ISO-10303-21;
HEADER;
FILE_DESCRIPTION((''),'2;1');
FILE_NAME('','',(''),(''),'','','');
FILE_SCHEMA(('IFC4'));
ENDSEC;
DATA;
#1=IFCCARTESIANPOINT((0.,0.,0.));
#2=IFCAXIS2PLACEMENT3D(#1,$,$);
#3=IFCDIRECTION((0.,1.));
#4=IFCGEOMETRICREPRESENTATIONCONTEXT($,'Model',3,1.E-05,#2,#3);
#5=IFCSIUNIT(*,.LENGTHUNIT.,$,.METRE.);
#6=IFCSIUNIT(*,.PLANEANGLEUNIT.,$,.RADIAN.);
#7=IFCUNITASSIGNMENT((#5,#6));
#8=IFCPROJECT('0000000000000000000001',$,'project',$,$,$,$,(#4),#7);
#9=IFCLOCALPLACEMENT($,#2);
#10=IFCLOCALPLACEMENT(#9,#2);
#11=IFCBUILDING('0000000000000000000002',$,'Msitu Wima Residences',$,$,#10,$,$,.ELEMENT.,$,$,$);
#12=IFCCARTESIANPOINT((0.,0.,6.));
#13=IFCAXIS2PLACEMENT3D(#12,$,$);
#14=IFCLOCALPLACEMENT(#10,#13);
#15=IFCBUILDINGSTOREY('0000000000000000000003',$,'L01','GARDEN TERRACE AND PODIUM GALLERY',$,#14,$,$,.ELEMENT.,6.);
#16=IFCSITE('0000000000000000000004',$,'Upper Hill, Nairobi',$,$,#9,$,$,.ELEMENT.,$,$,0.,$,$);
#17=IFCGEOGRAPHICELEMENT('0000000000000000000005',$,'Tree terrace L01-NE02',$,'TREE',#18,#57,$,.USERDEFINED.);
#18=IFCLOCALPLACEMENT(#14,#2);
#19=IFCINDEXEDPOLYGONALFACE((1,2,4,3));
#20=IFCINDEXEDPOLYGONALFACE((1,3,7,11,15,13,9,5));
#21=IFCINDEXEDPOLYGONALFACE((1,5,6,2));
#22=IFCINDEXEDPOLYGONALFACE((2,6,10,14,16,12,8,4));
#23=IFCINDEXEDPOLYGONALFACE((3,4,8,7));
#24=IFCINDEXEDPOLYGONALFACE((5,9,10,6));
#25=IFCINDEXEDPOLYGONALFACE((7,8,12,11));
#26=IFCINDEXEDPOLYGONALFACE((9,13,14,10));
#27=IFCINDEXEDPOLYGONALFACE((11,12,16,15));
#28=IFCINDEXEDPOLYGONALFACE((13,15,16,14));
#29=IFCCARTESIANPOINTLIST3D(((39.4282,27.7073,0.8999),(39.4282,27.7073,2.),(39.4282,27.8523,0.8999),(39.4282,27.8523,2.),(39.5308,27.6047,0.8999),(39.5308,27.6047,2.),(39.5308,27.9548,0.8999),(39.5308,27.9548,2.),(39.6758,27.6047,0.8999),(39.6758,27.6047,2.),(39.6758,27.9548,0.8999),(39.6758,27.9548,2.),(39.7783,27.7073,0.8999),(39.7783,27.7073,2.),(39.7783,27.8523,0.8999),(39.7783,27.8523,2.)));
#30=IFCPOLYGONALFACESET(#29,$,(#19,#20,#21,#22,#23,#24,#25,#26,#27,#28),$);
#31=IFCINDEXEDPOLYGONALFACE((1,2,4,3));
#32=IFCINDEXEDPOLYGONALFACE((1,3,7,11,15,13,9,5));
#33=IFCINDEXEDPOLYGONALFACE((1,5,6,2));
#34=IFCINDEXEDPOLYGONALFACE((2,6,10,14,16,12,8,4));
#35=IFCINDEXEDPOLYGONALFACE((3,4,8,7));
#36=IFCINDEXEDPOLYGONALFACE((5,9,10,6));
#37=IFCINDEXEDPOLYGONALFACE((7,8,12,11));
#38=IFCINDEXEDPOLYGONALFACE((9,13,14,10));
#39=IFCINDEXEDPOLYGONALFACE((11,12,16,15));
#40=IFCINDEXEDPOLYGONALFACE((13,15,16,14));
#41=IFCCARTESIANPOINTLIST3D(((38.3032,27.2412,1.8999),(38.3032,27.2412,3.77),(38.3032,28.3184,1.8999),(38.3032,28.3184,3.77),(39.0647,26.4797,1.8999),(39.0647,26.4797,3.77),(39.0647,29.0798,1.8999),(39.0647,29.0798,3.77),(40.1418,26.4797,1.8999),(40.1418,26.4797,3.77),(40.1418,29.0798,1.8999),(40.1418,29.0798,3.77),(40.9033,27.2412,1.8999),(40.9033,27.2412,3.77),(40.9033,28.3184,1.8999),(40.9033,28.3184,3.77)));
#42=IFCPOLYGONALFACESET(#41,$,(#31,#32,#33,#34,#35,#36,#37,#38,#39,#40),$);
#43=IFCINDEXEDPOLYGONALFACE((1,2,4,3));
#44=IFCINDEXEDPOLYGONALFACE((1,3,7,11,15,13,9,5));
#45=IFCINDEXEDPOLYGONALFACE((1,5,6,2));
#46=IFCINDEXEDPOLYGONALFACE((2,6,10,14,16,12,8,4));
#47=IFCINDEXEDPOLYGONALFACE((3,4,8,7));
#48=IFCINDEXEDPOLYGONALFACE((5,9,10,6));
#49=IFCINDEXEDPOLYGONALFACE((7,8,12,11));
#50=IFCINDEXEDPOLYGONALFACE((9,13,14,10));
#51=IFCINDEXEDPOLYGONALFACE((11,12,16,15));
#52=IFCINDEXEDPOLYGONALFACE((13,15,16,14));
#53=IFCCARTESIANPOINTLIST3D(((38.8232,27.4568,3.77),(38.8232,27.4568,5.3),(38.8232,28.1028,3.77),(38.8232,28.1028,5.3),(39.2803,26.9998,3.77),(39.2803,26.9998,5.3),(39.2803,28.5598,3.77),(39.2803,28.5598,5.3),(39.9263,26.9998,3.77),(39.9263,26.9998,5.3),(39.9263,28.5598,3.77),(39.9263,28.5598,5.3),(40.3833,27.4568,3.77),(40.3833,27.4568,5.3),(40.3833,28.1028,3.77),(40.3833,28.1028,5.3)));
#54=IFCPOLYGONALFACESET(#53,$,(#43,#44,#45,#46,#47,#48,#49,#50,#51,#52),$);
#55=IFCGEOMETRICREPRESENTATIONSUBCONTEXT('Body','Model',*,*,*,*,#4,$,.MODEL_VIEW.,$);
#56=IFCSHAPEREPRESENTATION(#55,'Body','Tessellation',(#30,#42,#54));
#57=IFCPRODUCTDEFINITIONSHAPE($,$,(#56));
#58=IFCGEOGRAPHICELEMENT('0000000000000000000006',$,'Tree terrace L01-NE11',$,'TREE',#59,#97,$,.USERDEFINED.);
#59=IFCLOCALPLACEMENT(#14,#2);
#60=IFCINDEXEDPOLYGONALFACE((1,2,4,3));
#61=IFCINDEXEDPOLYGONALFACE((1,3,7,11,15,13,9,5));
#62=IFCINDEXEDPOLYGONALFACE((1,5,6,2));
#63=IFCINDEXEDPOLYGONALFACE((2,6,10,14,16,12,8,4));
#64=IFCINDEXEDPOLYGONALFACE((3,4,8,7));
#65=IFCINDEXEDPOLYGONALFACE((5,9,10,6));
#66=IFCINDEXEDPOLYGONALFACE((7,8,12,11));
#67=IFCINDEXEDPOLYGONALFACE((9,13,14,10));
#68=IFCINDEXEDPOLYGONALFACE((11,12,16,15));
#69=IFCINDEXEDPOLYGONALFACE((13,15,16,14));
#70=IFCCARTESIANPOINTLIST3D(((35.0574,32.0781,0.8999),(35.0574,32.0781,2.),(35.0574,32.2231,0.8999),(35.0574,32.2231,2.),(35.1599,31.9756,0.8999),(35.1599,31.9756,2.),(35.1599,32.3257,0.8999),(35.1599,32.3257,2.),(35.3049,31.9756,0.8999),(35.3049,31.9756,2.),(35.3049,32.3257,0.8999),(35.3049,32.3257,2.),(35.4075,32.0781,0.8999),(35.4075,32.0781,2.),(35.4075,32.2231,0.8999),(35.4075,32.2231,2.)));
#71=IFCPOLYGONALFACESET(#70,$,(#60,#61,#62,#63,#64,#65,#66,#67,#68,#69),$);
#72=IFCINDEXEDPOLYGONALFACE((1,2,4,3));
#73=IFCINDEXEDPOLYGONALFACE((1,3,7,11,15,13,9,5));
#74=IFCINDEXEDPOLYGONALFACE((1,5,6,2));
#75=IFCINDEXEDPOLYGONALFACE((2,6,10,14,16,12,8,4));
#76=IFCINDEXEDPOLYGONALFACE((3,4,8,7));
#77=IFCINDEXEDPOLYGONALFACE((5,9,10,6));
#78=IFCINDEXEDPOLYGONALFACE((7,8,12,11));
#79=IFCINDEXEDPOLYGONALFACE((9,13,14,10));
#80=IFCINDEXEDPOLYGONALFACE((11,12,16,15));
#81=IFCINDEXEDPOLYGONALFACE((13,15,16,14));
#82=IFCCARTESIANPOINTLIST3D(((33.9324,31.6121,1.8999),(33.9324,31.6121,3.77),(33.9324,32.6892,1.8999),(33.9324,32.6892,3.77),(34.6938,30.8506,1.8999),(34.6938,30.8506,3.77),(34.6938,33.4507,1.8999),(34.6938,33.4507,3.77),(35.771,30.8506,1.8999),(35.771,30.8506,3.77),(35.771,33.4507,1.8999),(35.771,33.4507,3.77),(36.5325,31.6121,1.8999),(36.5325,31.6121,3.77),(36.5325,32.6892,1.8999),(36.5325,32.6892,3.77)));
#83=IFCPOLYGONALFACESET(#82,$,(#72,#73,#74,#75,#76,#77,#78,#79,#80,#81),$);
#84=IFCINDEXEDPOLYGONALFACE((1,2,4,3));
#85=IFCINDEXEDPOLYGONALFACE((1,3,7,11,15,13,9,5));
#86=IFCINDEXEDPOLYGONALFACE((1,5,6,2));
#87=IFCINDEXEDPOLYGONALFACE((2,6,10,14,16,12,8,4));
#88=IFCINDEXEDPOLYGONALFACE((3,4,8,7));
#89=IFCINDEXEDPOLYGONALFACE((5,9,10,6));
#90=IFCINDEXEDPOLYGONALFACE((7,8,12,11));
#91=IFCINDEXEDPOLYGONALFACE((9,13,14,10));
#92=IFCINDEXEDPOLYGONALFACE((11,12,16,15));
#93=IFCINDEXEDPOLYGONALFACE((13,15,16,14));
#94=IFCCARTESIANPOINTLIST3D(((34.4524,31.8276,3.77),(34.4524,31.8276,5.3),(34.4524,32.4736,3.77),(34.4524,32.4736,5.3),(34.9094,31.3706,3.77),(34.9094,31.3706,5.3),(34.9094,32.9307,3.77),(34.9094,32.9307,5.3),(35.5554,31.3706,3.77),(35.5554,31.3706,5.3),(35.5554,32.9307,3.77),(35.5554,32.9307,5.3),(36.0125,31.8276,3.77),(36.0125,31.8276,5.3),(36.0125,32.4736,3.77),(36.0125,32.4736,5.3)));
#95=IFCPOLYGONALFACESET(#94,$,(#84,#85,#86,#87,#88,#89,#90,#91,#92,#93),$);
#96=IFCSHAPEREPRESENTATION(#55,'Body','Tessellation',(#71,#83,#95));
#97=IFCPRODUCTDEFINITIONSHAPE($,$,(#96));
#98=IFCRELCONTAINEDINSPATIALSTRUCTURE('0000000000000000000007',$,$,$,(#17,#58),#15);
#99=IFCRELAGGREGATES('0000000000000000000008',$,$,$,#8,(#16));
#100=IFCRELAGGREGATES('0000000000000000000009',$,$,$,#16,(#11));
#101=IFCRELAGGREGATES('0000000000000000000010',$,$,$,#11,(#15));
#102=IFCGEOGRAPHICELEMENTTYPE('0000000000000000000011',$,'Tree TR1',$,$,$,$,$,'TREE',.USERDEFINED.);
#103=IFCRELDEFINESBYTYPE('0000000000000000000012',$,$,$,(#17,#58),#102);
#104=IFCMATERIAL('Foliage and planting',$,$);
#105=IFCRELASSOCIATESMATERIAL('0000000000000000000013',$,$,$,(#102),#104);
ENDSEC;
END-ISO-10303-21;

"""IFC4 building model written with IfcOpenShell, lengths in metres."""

from ifc_helpers import new_model, si_unit, direction, frame, origin, place, context, subcontext, project, spatial, polyline, outline, extrude, material, type_object, element, save


model = new_model("IFC4")

# Units and contexts
model_context = context("Model", 3, precision=1e-05, world=origin(), true_north=direction((0.0, 1.0)))
body_context = subcontext(model_context, "Body", "Model", "MODEL_VIEW")
ifc_project = project(units=[si_unit("LENGTHUNIT", "METRE"), si_unit("PLANEANGLEUNIT", "RADIAN")], contexts=[model_context])

# Site, building, storey
site_placement = place(None, origin())
site = spatial("IfcSite", under=ifc_project, at=site_placement, Name="Upper Hill, Nairobi", CompositionType="ELEMENT", RefElevation=0.0)
building_placement = place(site_placement, origin())
building = spatial("IfcBuilding", under=site, at=building_placement, Name="Msitu Wima Residences", CompositionType="ELEMENT")
storey_placement = place(building_placement, frame((0.0, 0.0, 6.0)))
storey = spatial("IfcBuildingStorey", under=building, at=storey_placement, Name="L01", Description="GARDEN TERRACE AND PODIUM GALLERY", CompositionType="ELEMENT", Elevation=6.0)

# Geographic elements
ifc_material_1 = material(Name="Foliage and planting")
geographic_element_type = type_object("IfcGeographicElementType", Name="Tree TR1", ElementType="TREE", PredefinedType="USERDEFINED", material=ifc_material_1)
for number, where, z_axis, x_axis, name in (
    (1, (39.6033, 27.7798, 0.8999), (0.0, 0.0, 1.0), (1.0, 0.0, 0.0), "Tree terrace L01-NE02"),
    (2, (35.2324, 32.1506, 0.8999), (0.0, 0.0, 1.0), (1.0, 0.0, 0.0), "Tree terrace L01-NE11"),
):
    element("IfcGeographicElement", number, at=place(storey_placement, frame(where, z_axis=z_axis, x_axis=x_axis)), inside=storey, type_object=geographic_element_type, Name=name, ObjectType="TREE", PredefinedType="USERDEFINED", context=body_context, shape_type="SweptSolid", body=[
        extrude(outline(polyline([(0.175, 0.0725), (0.0725, 0.175), (-0.0725, 0.175), (-0.175, 0.0725), (-0.175, -0.0725), (-0.0725, -0.175), (0.0725, -0.175), (0.175, -0.0725), (0.175, 0.0725)])), origin(), (0.0, 0.0, 1.0), 1.1001),
        extrude(outline(polyline([(1.3, 0.5386), (0.5386, 1.3), (-0.5386, 1.3), (-1.3, 0.5386), (-1.3, -0.5386), (-0.5386, -1.3), (0.5386, -1.3), (1.3, -0.5386), (1.3, 0.5386)])), frame((0.0, 0.0, 1.0)), (0.0, 0.0, 1.0), 1.8701),
        extrude(outline(polyline([(0.78, 0.323), (0.323, 0.78), (-0.323, 0.78), (-0.78, 0.323), (-0.78, -0.323), (-0.323, -0.78), (0.323, -0.78), (0.78, -0.323), (0.78, 0.323)])), frame((0.0, 0.0, 2.8701)), (0.0, 0.0, 1.0), 1.53),
    ])

save(model, "model.ifc")
